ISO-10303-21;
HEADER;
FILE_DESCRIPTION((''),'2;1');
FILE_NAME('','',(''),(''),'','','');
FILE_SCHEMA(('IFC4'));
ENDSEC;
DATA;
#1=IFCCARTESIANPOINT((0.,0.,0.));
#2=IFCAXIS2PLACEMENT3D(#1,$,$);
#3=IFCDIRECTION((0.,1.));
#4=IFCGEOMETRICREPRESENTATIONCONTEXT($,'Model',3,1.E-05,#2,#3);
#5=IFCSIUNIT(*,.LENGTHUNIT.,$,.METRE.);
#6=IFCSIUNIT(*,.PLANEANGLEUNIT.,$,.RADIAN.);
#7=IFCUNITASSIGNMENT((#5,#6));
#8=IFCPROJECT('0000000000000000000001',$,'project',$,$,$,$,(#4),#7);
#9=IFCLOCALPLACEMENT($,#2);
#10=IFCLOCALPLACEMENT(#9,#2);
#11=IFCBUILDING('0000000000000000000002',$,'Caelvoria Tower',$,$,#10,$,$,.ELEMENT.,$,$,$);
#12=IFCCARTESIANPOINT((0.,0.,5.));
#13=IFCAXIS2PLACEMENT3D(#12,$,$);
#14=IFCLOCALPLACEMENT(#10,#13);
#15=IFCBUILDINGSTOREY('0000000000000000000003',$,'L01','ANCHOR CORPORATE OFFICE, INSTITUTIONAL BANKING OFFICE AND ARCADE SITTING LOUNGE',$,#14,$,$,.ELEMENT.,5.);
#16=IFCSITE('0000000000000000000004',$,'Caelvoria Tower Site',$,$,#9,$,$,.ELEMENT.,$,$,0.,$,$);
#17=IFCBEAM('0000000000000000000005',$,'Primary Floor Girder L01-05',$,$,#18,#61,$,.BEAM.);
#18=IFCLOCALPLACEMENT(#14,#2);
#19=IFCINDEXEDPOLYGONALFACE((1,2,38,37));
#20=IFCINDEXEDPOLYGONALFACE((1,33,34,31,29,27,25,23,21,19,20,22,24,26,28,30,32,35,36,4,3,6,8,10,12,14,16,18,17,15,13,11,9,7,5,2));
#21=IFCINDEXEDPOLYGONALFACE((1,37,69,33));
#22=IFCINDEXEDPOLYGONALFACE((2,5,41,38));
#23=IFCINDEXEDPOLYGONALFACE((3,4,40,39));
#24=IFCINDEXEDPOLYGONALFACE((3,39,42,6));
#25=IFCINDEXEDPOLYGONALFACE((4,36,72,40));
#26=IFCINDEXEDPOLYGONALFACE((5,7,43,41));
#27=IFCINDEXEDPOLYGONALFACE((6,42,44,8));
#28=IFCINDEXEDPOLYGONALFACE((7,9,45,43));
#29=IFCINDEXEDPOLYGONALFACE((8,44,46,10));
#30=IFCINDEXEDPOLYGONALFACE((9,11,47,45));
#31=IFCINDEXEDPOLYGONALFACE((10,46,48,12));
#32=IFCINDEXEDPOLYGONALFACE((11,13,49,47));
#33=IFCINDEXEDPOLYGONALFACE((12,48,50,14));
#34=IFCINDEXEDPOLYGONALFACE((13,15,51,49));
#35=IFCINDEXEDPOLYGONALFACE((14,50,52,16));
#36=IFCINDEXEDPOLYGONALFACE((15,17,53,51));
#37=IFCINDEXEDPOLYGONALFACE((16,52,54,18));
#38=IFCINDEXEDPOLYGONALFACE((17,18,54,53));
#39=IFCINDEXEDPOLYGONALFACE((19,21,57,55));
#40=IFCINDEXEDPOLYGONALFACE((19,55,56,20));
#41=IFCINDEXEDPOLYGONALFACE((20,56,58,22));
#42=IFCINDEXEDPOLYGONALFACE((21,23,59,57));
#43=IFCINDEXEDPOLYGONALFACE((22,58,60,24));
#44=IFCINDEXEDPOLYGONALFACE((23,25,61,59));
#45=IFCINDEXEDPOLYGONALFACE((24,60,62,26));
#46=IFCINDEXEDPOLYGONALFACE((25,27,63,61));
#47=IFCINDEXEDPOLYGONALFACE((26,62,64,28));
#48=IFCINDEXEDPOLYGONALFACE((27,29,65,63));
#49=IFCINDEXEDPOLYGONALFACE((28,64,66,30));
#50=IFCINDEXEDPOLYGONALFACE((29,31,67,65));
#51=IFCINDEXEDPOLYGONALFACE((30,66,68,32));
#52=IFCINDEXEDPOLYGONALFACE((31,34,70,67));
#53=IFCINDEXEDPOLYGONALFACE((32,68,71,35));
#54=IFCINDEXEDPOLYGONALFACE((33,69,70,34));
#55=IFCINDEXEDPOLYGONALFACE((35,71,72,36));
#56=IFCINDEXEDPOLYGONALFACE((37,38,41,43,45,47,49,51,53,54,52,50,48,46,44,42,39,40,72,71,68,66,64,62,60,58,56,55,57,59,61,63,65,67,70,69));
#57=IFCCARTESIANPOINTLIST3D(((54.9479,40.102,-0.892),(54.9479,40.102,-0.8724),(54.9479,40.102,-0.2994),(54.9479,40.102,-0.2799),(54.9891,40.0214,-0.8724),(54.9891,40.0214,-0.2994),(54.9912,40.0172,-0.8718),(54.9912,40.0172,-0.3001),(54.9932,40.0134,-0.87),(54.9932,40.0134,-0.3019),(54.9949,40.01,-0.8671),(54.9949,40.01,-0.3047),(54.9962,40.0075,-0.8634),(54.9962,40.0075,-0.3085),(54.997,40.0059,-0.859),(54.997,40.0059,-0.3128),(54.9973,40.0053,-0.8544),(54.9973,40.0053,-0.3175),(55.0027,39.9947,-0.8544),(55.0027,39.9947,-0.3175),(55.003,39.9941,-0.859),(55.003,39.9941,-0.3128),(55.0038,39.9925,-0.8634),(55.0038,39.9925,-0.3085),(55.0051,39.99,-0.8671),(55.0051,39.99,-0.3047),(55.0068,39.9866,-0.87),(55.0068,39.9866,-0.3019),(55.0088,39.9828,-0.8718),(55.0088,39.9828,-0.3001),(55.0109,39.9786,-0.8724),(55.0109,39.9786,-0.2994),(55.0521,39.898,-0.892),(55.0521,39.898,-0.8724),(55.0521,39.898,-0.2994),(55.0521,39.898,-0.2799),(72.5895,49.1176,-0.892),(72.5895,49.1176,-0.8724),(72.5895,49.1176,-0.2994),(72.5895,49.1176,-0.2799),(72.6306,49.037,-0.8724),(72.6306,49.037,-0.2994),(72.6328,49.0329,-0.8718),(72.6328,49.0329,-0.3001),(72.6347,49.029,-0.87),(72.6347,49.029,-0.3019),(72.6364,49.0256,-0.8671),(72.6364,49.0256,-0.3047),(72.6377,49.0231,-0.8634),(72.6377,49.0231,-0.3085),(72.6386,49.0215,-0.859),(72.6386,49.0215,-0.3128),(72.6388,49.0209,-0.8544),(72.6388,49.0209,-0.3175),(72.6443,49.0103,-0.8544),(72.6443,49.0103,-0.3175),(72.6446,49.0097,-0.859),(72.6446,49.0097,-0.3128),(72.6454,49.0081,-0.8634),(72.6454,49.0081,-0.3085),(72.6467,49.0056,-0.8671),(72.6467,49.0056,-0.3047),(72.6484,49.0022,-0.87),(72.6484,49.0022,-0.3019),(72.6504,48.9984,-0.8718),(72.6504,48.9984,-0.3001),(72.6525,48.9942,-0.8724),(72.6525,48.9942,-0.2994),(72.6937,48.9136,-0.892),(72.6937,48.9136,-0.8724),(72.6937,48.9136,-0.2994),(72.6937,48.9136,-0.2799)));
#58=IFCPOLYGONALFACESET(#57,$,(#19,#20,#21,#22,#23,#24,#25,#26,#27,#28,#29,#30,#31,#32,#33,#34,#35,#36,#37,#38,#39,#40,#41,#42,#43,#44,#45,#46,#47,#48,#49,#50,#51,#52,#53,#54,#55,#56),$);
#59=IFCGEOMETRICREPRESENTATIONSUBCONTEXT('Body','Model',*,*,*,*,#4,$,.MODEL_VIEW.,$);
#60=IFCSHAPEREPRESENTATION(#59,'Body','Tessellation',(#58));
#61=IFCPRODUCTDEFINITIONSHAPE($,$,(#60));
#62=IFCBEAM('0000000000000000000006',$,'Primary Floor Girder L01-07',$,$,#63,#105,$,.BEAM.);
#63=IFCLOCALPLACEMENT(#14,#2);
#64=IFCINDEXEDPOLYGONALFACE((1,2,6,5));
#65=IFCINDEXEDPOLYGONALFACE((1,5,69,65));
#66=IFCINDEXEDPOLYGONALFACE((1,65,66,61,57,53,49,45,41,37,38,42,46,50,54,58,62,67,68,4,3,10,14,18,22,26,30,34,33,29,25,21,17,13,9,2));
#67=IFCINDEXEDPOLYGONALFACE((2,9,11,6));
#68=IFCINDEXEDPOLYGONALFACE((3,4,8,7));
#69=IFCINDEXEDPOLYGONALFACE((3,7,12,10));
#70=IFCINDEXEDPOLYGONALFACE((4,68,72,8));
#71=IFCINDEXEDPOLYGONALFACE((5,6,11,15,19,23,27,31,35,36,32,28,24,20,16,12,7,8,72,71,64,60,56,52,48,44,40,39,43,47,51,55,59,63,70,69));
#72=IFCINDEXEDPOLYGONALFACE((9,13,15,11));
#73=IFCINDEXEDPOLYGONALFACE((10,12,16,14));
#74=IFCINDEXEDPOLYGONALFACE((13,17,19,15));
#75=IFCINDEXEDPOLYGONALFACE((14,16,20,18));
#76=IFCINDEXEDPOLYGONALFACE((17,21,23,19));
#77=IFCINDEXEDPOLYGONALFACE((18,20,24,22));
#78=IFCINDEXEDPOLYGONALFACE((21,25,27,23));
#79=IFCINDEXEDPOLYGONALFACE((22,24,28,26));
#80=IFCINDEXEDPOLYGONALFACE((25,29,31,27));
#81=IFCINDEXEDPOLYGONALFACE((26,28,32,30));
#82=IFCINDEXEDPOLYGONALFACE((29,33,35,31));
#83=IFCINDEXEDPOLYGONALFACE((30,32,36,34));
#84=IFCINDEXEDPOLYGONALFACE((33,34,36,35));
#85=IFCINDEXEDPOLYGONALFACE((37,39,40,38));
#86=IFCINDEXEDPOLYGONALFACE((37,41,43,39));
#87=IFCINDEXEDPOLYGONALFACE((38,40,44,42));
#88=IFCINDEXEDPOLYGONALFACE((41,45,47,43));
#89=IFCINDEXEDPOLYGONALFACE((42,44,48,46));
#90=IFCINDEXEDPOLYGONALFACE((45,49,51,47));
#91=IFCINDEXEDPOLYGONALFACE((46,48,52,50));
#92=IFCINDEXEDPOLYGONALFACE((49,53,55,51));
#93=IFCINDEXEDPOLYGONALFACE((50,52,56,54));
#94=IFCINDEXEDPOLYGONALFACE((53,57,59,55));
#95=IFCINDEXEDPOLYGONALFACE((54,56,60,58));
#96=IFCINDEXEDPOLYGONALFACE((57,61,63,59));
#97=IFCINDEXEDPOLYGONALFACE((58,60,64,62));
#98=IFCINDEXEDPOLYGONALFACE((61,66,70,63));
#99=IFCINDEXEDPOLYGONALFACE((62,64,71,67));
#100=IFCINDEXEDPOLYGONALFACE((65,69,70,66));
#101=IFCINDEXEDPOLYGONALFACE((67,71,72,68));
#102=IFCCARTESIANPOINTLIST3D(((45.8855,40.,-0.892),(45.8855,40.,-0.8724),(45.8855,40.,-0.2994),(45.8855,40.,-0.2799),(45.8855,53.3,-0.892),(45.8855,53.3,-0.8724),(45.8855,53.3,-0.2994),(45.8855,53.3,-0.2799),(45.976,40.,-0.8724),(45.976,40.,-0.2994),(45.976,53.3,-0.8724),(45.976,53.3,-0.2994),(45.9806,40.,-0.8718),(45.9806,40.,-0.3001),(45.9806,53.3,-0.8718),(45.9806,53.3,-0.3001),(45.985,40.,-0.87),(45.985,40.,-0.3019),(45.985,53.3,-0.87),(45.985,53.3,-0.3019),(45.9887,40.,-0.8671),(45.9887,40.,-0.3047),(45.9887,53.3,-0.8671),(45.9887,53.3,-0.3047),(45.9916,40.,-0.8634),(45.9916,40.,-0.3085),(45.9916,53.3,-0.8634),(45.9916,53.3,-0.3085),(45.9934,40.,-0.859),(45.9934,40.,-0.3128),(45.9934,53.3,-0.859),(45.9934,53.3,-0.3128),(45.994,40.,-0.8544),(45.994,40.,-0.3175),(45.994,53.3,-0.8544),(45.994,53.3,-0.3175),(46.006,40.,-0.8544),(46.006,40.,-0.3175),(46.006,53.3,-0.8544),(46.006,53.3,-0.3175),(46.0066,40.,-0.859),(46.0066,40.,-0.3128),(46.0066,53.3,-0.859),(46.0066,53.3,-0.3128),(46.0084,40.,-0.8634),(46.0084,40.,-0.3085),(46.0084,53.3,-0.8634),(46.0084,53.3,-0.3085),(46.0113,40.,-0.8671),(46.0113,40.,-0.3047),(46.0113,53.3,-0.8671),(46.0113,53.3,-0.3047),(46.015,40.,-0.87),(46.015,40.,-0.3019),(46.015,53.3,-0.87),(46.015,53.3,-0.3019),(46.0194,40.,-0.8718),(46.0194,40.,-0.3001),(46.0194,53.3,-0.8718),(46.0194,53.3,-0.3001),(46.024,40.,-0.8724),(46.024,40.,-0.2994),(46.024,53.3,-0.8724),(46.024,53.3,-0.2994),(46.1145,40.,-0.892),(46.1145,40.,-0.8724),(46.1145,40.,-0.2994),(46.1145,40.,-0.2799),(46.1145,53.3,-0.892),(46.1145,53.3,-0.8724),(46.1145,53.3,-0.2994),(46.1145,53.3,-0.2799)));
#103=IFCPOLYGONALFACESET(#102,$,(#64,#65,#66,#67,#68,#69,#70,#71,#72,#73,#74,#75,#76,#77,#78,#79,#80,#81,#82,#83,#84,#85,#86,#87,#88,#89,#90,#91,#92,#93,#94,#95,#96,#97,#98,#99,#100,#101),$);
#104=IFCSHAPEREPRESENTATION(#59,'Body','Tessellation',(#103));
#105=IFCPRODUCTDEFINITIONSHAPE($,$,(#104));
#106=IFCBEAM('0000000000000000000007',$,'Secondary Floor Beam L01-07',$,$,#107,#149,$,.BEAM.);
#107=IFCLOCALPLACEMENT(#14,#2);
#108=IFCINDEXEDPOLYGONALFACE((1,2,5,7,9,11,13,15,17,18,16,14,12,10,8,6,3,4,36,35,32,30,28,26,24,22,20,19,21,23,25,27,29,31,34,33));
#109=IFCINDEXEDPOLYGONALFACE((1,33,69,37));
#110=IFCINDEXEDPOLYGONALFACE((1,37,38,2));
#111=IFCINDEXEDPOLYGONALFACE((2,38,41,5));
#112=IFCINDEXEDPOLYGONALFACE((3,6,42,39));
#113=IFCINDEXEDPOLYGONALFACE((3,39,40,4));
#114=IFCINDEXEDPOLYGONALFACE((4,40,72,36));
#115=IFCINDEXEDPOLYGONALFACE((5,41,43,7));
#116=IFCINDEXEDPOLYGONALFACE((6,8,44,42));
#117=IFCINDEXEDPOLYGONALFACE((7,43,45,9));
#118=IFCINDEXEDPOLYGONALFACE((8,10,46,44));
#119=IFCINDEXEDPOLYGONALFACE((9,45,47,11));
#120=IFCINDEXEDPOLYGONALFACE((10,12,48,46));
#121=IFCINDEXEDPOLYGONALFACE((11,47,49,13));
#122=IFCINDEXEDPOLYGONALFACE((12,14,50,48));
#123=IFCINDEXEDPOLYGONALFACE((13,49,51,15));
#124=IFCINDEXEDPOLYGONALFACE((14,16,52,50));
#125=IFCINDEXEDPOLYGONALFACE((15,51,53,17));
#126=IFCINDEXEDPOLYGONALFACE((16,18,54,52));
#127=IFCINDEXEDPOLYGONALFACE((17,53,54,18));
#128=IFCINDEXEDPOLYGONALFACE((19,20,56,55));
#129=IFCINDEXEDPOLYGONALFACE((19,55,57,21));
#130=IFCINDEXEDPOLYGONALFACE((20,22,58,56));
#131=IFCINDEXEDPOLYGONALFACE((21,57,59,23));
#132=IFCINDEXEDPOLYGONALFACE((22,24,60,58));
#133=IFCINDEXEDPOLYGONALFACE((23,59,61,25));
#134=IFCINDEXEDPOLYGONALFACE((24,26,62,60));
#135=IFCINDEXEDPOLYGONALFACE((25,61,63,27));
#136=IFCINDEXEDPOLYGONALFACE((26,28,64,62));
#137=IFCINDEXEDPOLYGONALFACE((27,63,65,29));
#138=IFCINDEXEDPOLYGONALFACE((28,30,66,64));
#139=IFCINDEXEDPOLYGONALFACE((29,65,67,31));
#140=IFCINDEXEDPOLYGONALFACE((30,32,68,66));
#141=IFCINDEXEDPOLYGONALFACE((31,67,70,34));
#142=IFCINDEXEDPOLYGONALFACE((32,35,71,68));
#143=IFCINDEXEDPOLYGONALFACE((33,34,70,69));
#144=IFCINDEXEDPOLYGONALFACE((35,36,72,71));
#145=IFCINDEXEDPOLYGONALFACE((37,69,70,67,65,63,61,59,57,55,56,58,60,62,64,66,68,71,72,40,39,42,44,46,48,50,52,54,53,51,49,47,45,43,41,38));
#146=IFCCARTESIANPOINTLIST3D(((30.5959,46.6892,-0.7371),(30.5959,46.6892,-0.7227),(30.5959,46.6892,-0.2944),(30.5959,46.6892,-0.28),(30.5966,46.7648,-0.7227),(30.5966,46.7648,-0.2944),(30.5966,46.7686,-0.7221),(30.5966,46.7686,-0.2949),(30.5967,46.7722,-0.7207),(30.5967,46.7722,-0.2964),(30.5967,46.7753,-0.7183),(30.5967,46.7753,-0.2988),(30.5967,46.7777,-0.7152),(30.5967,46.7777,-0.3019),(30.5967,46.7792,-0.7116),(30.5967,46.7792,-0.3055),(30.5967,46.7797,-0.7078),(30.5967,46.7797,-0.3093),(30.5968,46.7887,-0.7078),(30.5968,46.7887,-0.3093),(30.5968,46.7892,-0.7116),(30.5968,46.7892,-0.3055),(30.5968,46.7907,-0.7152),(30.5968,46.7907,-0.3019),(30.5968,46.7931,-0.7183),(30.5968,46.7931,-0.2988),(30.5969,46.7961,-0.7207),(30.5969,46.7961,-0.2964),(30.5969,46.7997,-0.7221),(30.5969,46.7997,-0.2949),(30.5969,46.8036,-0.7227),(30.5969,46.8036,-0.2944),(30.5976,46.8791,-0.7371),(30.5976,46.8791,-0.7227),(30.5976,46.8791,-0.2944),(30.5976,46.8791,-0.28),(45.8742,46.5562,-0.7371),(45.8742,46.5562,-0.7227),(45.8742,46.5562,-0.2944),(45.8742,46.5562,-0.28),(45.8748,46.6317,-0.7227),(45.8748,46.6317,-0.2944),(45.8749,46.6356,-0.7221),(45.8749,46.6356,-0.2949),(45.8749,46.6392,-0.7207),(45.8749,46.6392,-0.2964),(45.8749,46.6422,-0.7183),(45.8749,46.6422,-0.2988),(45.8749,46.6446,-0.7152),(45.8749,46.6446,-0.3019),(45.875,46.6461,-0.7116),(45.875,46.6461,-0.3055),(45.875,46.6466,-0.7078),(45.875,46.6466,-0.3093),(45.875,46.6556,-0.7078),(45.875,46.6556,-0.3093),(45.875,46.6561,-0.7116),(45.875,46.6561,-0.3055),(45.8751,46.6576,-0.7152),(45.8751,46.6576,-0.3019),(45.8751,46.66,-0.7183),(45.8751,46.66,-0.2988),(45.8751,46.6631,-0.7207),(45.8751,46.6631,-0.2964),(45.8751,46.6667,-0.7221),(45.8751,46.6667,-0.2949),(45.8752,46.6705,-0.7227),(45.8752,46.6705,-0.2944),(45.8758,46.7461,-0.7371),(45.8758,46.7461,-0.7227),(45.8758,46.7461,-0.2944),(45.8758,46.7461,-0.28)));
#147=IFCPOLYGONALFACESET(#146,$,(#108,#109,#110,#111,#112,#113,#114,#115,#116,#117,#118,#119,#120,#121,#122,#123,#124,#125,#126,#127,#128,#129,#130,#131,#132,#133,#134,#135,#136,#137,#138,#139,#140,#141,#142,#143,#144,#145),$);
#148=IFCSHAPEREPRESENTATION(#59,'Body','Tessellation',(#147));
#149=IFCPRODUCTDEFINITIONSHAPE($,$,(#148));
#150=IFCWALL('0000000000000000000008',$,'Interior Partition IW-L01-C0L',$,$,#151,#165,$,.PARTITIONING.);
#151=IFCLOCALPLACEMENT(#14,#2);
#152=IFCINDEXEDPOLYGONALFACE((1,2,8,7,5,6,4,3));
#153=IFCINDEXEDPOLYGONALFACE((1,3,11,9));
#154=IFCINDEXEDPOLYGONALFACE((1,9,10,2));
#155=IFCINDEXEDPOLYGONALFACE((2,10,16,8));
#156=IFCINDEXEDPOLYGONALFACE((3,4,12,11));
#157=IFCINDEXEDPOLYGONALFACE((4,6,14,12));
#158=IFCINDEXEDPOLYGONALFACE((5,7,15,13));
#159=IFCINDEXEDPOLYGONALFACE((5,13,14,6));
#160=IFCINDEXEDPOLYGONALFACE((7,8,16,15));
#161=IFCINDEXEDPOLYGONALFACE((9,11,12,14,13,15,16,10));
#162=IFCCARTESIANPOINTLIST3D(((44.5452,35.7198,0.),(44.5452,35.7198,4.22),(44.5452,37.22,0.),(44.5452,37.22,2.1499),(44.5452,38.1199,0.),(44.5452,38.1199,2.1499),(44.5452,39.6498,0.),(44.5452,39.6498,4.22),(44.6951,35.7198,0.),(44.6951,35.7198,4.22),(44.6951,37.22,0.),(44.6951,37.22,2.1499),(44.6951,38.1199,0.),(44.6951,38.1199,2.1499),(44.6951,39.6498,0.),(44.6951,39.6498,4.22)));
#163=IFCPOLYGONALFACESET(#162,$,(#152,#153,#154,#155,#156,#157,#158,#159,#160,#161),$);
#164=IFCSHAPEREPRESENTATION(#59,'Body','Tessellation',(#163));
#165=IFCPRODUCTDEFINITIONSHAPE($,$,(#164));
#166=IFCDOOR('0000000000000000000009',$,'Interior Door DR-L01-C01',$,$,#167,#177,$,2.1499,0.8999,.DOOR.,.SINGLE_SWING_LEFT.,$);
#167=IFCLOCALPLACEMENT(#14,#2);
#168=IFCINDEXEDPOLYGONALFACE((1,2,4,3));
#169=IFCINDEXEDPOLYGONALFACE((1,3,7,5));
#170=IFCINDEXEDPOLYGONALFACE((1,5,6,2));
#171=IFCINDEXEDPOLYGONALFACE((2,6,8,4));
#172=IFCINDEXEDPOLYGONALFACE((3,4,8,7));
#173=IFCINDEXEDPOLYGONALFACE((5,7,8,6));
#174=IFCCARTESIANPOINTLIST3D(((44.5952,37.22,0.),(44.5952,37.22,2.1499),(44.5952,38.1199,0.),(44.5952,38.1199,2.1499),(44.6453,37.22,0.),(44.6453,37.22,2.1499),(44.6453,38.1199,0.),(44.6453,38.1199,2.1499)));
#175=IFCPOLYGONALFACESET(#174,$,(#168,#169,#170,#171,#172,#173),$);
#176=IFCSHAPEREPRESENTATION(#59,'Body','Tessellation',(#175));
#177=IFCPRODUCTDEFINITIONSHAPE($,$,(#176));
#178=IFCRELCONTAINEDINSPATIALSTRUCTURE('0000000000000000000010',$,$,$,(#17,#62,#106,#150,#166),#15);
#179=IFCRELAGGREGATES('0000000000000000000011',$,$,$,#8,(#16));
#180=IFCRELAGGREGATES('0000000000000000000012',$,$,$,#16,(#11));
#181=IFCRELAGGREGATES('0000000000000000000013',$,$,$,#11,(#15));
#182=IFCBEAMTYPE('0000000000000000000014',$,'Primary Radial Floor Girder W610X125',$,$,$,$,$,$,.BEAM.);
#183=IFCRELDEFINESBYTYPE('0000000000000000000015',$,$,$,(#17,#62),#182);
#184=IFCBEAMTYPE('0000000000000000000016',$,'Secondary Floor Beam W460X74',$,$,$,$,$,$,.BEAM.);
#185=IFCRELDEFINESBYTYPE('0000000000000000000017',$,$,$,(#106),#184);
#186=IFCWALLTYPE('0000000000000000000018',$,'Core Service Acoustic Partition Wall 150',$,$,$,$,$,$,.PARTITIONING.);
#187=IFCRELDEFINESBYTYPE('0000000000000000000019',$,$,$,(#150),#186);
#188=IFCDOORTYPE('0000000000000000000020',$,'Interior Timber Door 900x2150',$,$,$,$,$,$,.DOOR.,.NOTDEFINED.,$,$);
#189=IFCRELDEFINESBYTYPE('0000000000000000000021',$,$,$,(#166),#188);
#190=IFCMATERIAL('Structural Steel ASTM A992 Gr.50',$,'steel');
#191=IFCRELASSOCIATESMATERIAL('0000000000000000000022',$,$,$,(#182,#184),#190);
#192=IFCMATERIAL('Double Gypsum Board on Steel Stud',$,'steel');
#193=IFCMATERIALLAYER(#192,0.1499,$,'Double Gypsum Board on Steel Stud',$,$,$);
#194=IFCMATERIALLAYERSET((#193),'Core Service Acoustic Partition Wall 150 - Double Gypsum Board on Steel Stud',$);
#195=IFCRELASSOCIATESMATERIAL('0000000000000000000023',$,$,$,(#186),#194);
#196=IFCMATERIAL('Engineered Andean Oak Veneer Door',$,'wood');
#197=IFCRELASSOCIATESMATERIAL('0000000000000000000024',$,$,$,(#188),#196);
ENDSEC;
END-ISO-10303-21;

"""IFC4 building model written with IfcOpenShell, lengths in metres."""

from ifc_helpers import new_model, si_unit, direction, frame, frame_2d, origin, origin_2d, place, context, subcontext, project, spatial, rectangle, i_section, extrude, material, layer, layer_set, material_profile, profile_set, type_object, element, fill, save


model = new_model("IFC4")

# Units and contexts
model_context = context("Model", 3, precision=1e-05, world=origin(), true_north=direction((0.0, 1.0)))
body_context = subcontext(model_context, "Body", "Model", "MODEL_VIEW")
ifc_project = project(units=[si_unit("LENGTHUNIT", "METRE"), si_unit("PLANEANGLEUNIT", "RADIAN")], contexts=[model_context])

# Site, building, storey
site_placement = place(None, origin())
site = spatial("IfcSite", under=ifc_project, at=site_placement, Name="Caelvoria Tower Site", CompositionType="ELEMENT", RefElevation=0.0)
building_placement = place(site_placement, origin())
building = spatial("IfcBuilding", under=site, at=building_placement, Name="Caelvoria Tower", CompositionType="ELEMENT")
storey_placement = place(building_placement, frame((0.0, 0.0, 5.0)))
storey = spatial("IfcBuildingStorey", under=building, at=storey_placement, Name="L01", Description="ANCHOR CORPORATE OFFICE, INSTITUTIONAL BANKING OFFICE AND ARCADE SITTING LOUNGE", CompositionType="ELEMENT", Elevation=5.0)

# Beams
ifc_material_1 = material(Name="Structural Steel ASTM A992 Gr.50", Category="steel")
ifc_material_profile_1 = material_profile(ifc_material_1, i_section(OverallWidth=0.229, OverallDepth=0.6121, WebThickness=0.012, FlangeThickness=0.0195, FilletRadius=0.0181, at=origin_2d()), Name="Structural Steel ASTM A992 Gr.50")
ifc_profile_set_1 = profile_set([ifc_material_profile_1], Name="W610X125 - Structural Steel ASTM A992 Gr.50")
beam_type_1 = type_object("IfcBeamType", Name="Primary Radial Floor Girder W610X125", PredefinedType="BEAM", material=ifc_profile_set_1)
beam_1_placement = place(storey_placement, frame((55.0, 40.0, -0.5859), z_axis=(0.890459, 0.455063, 0.0), x_axis=(-0.455063, 0.890459, 0.0)))
element("IfcBeam", 1, at=beam_1_placement, inside=storey, type_object=beam_type_1, Name="Primary Floor Girder L01-05", PredefinedType="BEAM", context=body_context, shape_type="SweptSolid", body=[
    extrude(i_section(OverallWidth=0.229, OverallDepth=0.6121, WebThickness=0.012, FlangeThickness=0.0195, FilletRadius=0.0181, at=origin_2d()), origin(), (0.0, 0.0, 1.0), 19.8118),
])
beam_2_placement = place(storey_placement, frame((46.0, 40.0, -0.5859), z_axis=(0.0, 1.0, 0.0), x_axis=(-1.0, 0.0, 0.0)))
element("IfcBeam", 2, at=beam_2_placement, inside=storey, type_object=beam_type_1, Name="Primary Floor Girder L01-07", PredefinedType="BEAM", context=body_context, shape_type="SweptSolid", body=[
    extrude(i_section(OverallWidth=0.229, OverallDepth=0.6121, WebThickness=0.012, FlangeThickness=0.0195, FilletRadius=0.0181, at=origin_2d()), origin(), (0.0, 0.0, 1.0), 13.3),
])
ifc_material_profile_2 = material_profile(ifc_material_1, i_section(OverallWidth=0.1899, OverallDepth=0.457, WebThickness=0.009, FlangeThickness=0.0144, FilletRadius=0.0149, at=origin_2d()), Name="Structural Steel ASTM A992 Gr.50")
ifc_profile_set_2 = profile_set([ifc_material_profile_2], Name="W460X74 - Structural Steel ASTM A992 Gr.50")
beam_type_2 = type_object("IfcBeamType", Name="Secondary Floor Beam W460X74", PredefinedType="BEAM", material=ifc_profile_set_2)
beam_3_placement = place(storey_placement, frame((45.875, 46.6511, -0.5085), z_axis=(-0.999962, 0.008709, 0.0), x_axis=(-0.008709, -0.999962, 0.0)))
element("IfcBeam", 3, at=beam_3_placement, inside=storey, type_object=beam_type_2, Name="Secondary Floor Beam L01-07", PredefinedType="BEAM", context=body_context, shape_type="SweptSolid", body=[
    extrude(i_section(OverallWidth=0.1899, OverallDepth=0.457, WebThickness=0.009, FlangeThickness=0.0144, FilletRadius=0.0149, at=origin_2d()), origin(), (0.0, 0.0, 1.0), 15.2788),
])

# Wall, opening, door
ifc_material_2 = material(Name="Double Gypsum Board on Steel Stud", Category="steel")
ifc_layer = layer(ifc_material_2, 0.1499, Name="Double Gypsum Board on Steel Stud")
ifc_layer_set = layer_set([ifc_layer], Name="Core Service Acoustic Partition Wall 150 - Double Gypsum Board on Steel Stud")
wall_type = type_object("IfcWallType", Name="Core Service Acoustic Partition Wall 150", PredefinedType="PARTITIONING", material=ifc_layer_set)
wall_1_placement = place(storey_placement, frame((44.6201, 35.72, 0.0), z_axis=(0.0, 0.0, 1.0), x_axis=(0.0, 1.0, 0.0)))
wall_1 = element("IfcWall", 4, at=wall_1_placement, inside=storey, type_object=wall_type, Name="Interior Partition IW-L01-C0L", PredefinedType="PARTITIONING", context=body_context, shape_type="SweptSolid", body=[
    extrude(rectangle(XDim=3.9299, YDim=0.1499, at=frame_2d((1.9648, 0.0))), origin(), (0.0, 0.0, 1.0), 4.22),
])
opening_1_placement = place(wall_1_placement, frame((1.5, 0.0, 0.0)))
opening_1 = element("IfcOpeningElement", 5, at=opening_1_placement, cuts=wall_1, PredefinedType="OPENING", context=body_context, shape_type="SweptSolid", body=[
    extrude(rectangle(XDim=0.8999, YDim=2.1499, at=frame_2d((0.45, 1.075))), frame((0.0, 0.085, 0.0), z_axis=(0.0, -1.0, 0.0), x_axis=(1.0, 0.0, 0.0)), (0.0, 0.0, 1.0), 0.1699),
])
ifc_material_3 = material(Name="Engineered Andean Oak Veneer Door", Category="wood")
door_type_1 = type_object("IfcDoorType", Name="Interior Timber Door 900x2150", OperationType="NOTDEFINED", PredefinedType="DOOR", material=ifc_material_3)
door_1_placement = place(opening_1_placement, origin())
door_1 = element("IfcDoor", 6, at=door_1_placement, inside=storey, type_object=door_type_1, Name="Interior Door DR-L01-C01", OperationType="SINGLE_SWING_LEFT", OverallHeight=2.1499, OverallWidth=0.8999, PredefinedType="DOOR", context=body_context, shape_type="SweptSolid", body=[
    extrude(rectangle(XDim=0.8999, YDim=2.1499, at=frame_2d((0.45, 1.075))), frame((0.0, 0.0249, 0.0), z_axis=(0.0, -1.0, 0.0), x_axis=(1.0, 0.0, 0.0)), (0.0, 0.0, 1.0), 0.05),
])
fill(opening_1, door_1)

save(model, "model.ifc")
